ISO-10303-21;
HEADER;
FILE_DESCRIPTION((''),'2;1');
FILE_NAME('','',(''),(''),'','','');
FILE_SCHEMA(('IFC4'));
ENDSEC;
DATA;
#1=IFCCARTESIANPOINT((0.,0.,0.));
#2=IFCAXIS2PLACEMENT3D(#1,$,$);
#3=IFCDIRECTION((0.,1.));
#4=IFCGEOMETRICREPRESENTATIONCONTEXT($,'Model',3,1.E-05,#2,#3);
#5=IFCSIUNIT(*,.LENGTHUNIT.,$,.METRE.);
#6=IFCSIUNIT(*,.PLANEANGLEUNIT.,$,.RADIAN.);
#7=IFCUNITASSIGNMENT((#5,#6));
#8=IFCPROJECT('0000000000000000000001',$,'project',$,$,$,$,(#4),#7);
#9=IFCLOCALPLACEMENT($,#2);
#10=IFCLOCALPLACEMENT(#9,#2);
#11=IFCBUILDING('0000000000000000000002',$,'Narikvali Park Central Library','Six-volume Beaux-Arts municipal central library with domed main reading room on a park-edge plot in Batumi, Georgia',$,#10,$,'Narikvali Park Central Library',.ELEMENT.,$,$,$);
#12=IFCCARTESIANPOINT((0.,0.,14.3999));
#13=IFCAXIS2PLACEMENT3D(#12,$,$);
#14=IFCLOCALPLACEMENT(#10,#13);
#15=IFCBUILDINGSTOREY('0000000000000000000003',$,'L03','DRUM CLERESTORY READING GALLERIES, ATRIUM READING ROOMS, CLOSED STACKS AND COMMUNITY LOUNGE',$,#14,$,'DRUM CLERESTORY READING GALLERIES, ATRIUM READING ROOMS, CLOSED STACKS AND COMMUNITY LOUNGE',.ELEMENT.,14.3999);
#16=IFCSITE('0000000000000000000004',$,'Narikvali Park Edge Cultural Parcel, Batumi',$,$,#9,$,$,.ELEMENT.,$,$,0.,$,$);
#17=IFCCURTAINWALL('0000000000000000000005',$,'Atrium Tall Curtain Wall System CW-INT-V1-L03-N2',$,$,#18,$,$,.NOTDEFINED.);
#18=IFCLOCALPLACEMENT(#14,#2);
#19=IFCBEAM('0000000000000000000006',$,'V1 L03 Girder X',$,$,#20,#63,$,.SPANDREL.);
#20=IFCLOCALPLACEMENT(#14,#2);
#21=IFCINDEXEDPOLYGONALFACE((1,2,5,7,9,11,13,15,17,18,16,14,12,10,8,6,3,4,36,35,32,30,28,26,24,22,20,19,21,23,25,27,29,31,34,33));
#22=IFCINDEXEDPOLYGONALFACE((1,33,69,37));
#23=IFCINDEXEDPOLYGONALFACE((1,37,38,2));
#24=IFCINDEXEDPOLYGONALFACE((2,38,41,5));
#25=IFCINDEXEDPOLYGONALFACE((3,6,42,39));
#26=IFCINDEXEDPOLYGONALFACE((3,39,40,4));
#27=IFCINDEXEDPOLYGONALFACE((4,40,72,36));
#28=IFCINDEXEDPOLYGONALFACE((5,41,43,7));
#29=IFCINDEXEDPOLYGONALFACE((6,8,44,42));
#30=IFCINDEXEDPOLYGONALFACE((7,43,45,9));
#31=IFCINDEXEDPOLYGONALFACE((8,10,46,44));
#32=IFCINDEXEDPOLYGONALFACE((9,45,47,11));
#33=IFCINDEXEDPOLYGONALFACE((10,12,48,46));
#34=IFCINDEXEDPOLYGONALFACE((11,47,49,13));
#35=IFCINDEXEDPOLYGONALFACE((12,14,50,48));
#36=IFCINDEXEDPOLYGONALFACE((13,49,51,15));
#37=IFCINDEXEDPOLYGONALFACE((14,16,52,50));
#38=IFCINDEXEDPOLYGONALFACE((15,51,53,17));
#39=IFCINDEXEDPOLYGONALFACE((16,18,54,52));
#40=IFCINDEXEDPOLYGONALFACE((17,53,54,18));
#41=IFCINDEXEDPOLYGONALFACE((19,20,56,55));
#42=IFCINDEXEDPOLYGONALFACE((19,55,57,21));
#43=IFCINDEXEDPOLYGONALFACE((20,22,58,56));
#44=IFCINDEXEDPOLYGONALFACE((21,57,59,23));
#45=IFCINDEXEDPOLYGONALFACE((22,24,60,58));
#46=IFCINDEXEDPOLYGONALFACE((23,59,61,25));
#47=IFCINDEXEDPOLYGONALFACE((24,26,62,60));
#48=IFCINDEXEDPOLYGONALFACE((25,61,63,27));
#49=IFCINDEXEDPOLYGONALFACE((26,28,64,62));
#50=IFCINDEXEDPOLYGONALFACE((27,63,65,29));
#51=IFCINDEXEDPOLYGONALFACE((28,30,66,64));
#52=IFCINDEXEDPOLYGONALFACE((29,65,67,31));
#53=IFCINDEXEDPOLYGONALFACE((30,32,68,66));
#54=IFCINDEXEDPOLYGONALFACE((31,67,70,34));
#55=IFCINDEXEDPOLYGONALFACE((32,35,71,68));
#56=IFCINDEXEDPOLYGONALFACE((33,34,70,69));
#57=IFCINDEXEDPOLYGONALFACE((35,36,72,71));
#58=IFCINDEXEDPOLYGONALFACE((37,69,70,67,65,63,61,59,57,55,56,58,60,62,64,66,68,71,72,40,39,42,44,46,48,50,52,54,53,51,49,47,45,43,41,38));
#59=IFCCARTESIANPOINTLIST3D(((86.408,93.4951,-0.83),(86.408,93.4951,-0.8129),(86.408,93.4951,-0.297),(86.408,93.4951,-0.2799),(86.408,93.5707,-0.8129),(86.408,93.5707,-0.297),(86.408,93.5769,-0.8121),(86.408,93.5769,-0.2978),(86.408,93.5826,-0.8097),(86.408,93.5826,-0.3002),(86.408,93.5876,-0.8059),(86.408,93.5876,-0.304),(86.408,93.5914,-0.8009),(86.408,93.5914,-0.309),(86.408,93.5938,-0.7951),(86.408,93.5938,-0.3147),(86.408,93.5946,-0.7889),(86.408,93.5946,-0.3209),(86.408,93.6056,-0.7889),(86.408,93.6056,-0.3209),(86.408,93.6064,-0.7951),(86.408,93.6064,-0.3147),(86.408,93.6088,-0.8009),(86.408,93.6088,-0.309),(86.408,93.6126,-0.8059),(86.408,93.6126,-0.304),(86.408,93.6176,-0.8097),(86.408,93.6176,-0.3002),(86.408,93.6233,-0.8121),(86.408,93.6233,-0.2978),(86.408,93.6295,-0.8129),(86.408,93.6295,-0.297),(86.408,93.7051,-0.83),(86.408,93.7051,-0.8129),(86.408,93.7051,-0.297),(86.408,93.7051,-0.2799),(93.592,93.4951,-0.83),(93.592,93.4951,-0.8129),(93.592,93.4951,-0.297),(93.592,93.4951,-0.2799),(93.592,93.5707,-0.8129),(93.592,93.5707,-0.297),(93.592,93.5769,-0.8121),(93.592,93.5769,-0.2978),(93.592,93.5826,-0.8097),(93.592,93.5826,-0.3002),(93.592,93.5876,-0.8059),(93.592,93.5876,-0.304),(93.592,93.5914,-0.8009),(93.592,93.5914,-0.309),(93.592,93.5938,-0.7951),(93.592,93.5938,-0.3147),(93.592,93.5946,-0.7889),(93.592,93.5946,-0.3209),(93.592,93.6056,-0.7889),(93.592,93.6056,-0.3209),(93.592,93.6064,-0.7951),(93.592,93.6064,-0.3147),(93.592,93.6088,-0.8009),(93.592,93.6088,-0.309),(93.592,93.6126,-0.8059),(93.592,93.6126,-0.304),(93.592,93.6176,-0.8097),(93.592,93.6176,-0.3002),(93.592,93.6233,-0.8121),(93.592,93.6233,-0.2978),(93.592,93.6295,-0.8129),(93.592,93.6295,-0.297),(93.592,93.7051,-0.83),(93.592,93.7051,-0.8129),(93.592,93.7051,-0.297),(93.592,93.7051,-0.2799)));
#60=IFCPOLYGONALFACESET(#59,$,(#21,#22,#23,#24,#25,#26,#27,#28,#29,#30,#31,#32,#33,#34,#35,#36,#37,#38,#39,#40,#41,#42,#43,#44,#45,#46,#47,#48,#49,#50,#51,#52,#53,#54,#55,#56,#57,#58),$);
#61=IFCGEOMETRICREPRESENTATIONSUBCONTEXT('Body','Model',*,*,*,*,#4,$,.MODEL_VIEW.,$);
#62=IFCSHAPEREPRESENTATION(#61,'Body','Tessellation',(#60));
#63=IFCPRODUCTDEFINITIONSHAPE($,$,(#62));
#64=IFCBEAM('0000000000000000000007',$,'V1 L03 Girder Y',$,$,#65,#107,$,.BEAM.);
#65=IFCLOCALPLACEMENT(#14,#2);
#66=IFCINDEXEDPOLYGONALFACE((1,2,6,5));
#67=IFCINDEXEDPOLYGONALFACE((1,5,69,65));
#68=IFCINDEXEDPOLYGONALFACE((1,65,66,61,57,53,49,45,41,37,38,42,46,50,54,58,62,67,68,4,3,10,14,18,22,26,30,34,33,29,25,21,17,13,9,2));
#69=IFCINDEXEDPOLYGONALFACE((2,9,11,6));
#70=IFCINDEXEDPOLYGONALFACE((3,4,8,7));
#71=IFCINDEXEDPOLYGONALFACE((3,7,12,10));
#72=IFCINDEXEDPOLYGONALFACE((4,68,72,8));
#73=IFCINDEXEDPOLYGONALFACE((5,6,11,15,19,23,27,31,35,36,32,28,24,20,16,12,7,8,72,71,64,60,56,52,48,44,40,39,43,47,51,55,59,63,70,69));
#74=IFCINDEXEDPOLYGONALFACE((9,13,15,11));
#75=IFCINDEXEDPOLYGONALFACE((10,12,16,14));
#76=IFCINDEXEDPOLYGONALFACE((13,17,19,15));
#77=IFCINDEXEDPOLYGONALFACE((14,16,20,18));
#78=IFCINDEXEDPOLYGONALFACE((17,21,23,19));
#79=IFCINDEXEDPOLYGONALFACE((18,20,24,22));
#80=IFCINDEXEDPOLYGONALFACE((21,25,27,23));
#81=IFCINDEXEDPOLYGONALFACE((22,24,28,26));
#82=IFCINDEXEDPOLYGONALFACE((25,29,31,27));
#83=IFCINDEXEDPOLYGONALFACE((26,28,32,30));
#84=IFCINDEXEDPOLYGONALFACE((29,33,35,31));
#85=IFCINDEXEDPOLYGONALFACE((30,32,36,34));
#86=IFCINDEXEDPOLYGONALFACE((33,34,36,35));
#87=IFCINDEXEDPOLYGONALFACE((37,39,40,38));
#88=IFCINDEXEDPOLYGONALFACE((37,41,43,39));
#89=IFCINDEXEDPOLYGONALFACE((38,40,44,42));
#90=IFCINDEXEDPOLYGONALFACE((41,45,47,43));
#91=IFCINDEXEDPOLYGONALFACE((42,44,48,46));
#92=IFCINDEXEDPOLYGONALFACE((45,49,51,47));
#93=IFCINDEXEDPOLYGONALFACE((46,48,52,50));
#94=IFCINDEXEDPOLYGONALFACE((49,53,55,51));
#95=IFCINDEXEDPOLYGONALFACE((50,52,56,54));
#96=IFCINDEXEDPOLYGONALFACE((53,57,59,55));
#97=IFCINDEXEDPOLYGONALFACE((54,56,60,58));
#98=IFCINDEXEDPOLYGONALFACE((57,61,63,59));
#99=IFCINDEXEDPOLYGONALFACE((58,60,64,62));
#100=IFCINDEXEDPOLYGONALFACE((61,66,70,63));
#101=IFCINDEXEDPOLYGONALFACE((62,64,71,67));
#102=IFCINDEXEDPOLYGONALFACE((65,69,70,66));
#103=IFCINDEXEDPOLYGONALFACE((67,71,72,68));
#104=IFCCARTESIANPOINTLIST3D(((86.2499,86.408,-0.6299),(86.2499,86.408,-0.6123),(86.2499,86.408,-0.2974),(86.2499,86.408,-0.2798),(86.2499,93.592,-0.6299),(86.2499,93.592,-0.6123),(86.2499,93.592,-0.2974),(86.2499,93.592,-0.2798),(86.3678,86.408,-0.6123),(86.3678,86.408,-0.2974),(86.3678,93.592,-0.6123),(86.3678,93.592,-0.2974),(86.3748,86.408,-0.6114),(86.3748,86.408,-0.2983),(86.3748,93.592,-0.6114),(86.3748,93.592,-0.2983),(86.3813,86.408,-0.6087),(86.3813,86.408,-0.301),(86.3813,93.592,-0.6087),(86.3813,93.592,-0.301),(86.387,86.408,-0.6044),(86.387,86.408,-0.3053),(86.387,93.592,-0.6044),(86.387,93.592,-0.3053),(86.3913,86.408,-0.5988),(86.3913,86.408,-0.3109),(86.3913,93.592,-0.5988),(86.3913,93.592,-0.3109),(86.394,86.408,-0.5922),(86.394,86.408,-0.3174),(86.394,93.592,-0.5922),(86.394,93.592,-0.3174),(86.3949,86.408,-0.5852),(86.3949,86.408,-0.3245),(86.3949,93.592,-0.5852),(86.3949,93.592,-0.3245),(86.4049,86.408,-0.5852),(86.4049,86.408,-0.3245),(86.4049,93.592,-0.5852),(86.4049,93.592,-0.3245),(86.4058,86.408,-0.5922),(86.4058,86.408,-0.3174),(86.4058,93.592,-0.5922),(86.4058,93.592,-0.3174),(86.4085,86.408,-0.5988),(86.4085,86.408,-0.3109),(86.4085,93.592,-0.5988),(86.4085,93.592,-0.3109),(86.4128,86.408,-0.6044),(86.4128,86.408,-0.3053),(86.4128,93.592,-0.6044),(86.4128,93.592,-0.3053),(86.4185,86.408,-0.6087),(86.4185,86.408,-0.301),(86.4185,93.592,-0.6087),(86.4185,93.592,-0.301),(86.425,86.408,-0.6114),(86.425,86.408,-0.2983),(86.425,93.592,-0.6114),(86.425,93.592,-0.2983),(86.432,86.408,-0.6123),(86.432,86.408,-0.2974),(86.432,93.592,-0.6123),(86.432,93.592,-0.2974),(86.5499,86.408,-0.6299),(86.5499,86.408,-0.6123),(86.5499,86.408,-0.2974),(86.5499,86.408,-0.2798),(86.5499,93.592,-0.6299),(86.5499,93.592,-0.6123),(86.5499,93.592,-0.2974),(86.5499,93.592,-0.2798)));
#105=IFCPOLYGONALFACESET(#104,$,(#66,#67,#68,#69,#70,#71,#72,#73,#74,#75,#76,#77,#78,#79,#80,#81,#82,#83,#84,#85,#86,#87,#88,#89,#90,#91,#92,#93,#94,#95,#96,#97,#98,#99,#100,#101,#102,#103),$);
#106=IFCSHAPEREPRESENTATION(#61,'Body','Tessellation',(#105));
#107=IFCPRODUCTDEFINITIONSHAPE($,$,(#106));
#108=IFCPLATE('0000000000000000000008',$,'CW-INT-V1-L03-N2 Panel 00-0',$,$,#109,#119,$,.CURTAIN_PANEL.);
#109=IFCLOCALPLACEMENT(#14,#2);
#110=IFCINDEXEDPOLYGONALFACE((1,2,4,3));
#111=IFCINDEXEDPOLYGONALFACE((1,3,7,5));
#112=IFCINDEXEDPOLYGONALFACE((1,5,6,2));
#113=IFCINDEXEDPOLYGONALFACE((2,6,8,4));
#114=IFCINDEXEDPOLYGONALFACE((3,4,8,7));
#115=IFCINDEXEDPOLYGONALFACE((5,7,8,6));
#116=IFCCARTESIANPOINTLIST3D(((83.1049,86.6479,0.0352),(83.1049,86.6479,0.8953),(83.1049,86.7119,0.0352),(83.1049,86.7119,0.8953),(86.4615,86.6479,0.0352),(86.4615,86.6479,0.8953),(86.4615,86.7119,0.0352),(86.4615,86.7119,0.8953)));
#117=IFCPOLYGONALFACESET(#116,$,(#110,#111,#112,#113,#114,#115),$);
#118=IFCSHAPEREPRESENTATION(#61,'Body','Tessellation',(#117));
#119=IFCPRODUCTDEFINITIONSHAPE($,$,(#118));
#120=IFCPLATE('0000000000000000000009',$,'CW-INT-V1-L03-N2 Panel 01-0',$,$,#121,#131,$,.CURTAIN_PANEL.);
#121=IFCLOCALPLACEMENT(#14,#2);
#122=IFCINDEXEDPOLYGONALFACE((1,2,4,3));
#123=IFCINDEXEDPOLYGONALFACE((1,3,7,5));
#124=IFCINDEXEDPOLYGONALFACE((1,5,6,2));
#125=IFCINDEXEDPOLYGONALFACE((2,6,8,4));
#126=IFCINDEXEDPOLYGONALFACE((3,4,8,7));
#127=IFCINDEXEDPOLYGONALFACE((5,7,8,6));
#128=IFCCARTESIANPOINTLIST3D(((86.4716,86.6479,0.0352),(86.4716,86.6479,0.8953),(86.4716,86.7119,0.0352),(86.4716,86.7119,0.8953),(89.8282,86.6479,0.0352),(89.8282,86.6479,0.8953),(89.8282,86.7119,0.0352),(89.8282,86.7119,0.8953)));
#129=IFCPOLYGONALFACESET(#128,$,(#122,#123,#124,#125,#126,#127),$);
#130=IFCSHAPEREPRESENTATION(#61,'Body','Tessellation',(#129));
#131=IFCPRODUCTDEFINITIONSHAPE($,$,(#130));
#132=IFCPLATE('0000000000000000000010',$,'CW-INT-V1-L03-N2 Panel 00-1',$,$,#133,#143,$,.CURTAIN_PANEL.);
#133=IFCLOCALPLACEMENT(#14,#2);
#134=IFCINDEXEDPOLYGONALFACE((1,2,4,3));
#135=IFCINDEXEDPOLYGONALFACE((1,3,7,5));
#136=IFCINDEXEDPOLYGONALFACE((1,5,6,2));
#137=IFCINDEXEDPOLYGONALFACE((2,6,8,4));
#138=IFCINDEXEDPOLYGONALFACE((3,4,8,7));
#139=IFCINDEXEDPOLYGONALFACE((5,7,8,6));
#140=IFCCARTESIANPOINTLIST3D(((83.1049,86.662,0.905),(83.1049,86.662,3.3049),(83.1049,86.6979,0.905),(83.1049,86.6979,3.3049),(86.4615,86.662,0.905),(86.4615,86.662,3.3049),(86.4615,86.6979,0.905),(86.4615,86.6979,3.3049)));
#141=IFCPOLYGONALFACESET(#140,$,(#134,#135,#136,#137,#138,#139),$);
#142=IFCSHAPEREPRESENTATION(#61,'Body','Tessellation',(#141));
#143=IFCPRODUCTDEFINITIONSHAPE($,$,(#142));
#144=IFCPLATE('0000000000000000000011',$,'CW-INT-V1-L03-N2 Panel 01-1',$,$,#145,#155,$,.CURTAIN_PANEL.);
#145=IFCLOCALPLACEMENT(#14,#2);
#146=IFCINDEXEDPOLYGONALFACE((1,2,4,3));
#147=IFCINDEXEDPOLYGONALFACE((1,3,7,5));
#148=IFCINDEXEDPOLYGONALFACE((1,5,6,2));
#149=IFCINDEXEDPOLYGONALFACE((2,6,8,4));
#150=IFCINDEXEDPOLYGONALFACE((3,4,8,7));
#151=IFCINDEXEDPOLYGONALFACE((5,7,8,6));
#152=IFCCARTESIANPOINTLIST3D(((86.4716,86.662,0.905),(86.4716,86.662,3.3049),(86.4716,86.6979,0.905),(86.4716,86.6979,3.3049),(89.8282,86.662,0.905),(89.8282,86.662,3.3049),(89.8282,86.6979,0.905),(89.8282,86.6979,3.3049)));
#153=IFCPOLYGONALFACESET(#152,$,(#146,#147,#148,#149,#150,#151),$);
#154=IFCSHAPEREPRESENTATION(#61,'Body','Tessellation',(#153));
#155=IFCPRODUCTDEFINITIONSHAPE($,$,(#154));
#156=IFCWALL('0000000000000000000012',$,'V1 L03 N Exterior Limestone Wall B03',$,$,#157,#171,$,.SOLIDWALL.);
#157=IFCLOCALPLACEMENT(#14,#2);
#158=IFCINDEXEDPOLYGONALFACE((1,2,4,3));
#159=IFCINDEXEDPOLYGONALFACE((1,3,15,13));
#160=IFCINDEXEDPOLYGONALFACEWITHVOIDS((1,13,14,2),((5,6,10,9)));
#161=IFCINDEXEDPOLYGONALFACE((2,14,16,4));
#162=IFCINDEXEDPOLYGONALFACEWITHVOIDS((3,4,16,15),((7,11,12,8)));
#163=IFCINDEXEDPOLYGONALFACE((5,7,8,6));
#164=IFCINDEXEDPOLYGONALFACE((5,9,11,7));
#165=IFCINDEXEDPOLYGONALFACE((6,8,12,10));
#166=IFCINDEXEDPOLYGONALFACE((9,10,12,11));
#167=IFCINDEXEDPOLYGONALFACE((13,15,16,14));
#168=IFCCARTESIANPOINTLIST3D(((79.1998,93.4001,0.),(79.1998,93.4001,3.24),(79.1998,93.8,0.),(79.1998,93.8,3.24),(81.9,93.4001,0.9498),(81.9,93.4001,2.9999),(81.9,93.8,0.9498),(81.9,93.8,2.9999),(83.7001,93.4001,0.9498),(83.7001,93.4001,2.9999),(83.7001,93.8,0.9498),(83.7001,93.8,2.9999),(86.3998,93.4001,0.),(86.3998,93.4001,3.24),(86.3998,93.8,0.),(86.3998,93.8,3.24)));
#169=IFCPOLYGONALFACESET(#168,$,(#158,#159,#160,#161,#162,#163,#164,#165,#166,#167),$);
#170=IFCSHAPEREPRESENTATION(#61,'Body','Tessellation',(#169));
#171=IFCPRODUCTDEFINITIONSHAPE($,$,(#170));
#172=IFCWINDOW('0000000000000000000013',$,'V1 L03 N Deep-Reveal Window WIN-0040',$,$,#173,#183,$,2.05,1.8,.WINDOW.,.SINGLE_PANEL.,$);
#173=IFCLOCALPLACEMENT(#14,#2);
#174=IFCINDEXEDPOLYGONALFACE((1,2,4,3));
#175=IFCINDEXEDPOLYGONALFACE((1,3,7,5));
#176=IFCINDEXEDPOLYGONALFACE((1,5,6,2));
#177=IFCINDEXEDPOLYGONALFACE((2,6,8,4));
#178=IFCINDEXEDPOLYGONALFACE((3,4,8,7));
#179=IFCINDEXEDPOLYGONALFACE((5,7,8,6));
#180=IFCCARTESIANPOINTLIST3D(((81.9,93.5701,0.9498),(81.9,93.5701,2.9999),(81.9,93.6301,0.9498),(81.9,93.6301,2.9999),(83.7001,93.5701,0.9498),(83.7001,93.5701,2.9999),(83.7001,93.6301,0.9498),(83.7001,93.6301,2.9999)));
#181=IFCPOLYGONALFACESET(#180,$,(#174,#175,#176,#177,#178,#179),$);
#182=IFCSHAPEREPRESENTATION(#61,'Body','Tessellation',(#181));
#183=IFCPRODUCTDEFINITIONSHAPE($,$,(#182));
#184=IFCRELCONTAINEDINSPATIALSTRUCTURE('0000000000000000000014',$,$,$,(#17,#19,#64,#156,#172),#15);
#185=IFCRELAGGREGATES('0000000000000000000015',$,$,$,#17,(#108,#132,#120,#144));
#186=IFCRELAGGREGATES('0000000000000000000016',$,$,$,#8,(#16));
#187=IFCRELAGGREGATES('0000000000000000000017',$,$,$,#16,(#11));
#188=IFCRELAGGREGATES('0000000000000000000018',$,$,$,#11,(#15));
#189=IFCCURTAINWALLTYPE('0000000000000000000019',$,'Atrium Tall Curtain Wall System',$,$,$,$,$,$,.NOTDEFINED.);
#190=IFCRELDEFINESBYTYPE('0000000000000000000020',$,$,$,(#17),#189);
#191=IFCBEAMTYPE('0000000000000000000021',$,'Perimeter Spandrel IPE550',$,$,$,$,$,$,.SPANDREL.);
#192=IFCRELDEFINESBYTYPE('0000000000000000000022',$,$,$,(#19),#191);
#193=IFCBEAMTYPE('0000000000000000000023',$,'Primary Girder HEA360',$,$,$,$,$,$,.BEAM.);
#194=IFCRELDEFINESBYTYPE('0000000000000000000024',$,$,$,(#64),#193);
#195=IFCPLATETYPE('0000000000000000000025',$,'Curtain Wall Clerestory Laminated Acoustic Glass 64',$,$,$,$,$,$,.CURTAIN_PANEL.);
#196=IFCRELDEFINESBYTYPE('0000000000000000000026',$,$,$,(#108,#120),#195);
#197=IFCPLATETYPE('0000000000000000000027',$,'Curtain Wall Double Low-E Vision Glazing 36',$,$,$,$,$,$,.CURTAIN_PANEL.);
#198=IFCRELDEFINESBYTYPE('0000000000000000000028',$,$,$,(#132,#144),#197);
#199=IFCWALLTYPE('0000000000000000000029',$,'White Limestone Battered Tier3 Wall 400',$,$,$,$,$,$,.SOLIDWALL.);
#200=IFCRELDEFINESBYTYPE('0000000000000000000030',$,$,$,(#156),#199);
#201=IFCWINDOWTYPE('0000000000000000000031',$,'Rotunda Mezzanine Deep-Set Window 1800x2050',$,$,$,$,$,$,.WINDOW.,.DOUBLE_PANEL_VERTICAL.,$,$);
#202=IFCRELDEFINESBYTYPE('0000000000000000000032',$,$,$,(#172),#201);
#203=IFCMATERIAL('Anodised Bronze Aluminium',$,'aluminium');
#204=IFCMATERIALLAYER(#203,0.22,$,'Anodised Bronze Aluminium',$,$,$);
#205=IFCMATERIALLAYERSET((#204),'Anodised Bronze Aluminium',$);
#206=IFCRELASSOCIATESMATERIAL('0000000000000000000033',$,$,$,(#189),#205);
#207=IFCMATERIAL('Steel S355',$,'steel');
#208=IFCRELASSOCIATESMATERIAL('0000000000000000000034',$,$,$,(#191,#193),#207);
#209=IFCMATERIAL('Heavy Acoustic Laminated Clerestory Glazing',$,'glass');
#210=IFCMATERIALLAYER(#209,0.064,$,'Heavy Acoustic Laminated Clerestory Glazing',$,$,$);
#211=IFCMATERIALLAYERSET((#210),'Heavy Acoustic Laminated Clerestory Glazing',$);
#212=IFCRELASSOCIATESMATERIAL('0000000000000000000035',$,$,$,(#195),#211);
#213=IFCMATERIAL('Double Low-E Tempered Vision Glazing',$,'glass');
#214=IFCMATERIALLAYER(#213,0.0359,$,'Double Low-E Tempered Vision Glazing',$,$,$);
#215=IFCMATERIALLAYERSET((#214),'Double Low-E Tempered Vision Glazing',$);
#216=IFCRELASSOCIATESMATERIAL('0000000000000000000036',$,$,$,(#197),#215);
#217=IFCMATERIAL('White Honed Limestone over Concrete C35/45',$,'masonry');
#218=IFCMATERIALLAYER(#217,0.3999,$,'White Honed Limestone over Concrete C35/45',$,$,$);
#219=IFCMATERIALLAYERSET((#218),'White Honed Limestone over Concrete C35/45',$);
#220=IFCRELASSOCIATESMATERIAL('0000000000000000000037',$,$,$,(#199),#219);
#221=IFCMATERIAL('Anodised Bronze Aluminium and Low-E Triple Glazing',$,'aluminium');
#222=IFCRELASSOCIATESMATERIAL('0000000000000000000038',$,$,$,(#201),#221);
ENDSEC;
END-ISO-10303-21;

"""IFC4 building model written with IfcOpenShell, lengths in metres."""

from ifc_helpers import new_model, si_unit, direction, frame, frame_2d, origin, origin_2d, place, context, subcontext, project, spatial, rectangle, i_section, extrude, material, layer, layer_set, material_profile, profile_set, type_object, element, fill, aggregate, save


model = new_model("IFC4")

# Units and contexts
model_context = context("Model", 3, precision=1e-05, world=origin(), true_north=direction((0.0, 1.0)))
body_context = subcontext(model_context, "Body", "Model", "MODEL_VIEW")
ifc_project = project(units=[si_unit("LENGTHUNIT", "METRE"), si_unit("PLANEANGLEUNIT", "RADIAN")], contexts=[model_context])

# Site, building, storey
site_placement = place(None, origin())
site = spatial("IfcSite", under=ifc_project, at=site_placement, Name="Narikvali Park Edge Cultural Parcel, Batumi", CompositionType="ELEMENT", RefElevation=0.0)
building_placement = place(site_placement, origin())
building = spatial("IfcBuilding", under=site, at=building_placement, Name="Narikvali Park Central Library", Description="Six-volume Beaux-Arts municipal central library with domed main reading room on a park-edge plot in Batumi, Georgia", LongName="Narikvali Park Central Library", CompositionType="ELEMENT")
storey_placement = place(building_placement, frame((0.0, 0.0, 14.3999)))
storey = spatial("IfcBuildingStorey", under=building, at=storey_placement, Name="L03", Description="DRUM CLERESTORY READING GALLERIES, ATRIUM READING ROOMS, CLOSED STACKS AND COMMUNITY LOUNGE", LongName="DRUM CLERESTORY READING GALLERIES, ATRIUM READING ROOMS, CLOSED STACKS AND COMMUNITY LOUNGE", CompositionType="ELEMENT", Elevation=14.3999)

# Shared definitions
ifc_material_1 = material(Name="Steel S355", Category="steel")

# Curtain wall
ifc_material_2 = material(Name="Anodised Bronze Aluminium", Category="aluminium")
ifc_layer_1 = layer(ifc_material_2, 0.22, Name="Anodised Bronze Aluminium")
ifc_layer_set_1 = layer_set([ifc_layer_1], Name="Anodised Bronze Aluminium")
curtain_wall_type = type_object("IfcCurtainWallType", Name="Atrium Tall Curtain Wall System", PredefinedType="NOTDEFINED", material=ifc_layer_set_1)
curtain_wall_placement = place(storey_placement, origin())
curtain_wall = element("IfcCurtainWall", 1, at=curtain_wall_placement, inside=storey, type_object=curtain_wall_type, Name="Atrium Tall Curtain Wall System CW-INT-V1-L03-N2", PredefinedType="NOTDEFINED")

# Beams
ifc_material_profile_1 = material_profile(ifc_material_1, i_section(OverallWidth=0.21, OverallDepth=0.55, WebThickness=0.011, FlangeThickness=0.0171, FilletRadius=0.0239, at=origin_2d()), Name="IPE 550")
ifc_profile_set_1 = profile_set([ifc_material_profile_1], Name="Steel S355")
beam_type_1 = type_object("IfcBeamType", Name="Perimeter Spandrel IPE550", PredefinedType="SPANDREL", material=ifc_profile_set_1)
beam_1_placement = place(storey_placement, frame((86.408, 93.6001, -0.5549), z_axis=(1.0, 0.0, 0.0), x_axis=(0.0, 1.0, 0.0)))
element("IfcBeam", 2, at=beam_1_placement, inside=storey, type_object=beam_type_1, Name="V1 L03 Girder X", PredefinedType="SPANDREL", context=body_context, shape_type="SweptSolid", body=[
    extrude(i_section(OverallWidth=0.21, OverallDepth=0.55, WebThickness=0.011, FlangeThickness=0.0171, FilletRadius=0.0239, at=origin_2d()), origin(), (0.0, 0.0, 1.0), 7.1841),
])
ifc_material_profile_2 = material_profile(ifc_material_1, i_section(OverallWidth=0.3, OverallDepth=0.3501, WebThickness=0.01, FlangeThickness=0.0176, FilletRadius=0.0271, at=origin_2d()), Name="HEA 360")
ifc_profile_set_2 = profile_set([ifc_material_profile_2], Name="Steel S355")
beam_type_2 = type_object("IfcBeamType", Name="Primary Girder HEA360", PredefinedType="BEAM", material=ifc_profile_set_2)
beam_2_placement = place(storey_placement, frame((86.3999, 86.408, -0.4548), z_axis=(0.0, 1.0, 0.0), x_axis=(-1.0, 0.0, 0.0)))
element("IfcBeam", 3, at=beam_2_placement, inside=storey, type_object=beam_type_2, Name="V1 L03 Girder Y", PredefinedType="BEAM", context=body_context, shape_type="SweptSolid", body=[
    extrude(i_section(OverallWidth=0.3, OverallDepth=0.3501, WebThickness=0.01, FlangeThickness=0.0176, FilletRadius=0.0271, at=origin_2d()), origin(), (0.0, 0.0, 1.0), 7.1841),
])

# Plates
ifc_material_3 = material(Name="Heavy Acoustic Laminated Clerestory Glazing", Category="glass")
ifc_layer_2 = layer(ifc_material_3, 0.064, Name="Heavy Acoustic Laminated Clerestory Glazing")
ifc_layer_set_2 = layer_set([ifc_layer_2], Name="Heavy Acoustic Laminated Clerestory Glazing")
plate_type_1 = type_object("IfcPlateType", Name="Curtain Wall Clerestory Laminated Acoustic Glass 64", PredefinedType="CURTAIN_PANEL", material=ifc_layer_set_2)
plate_1_placement = place(storey_placement, frame((84.7832, 86.6799, 0.0352), z_axis=(0.0, 0.0, 1.0), x_axis=(1.0, 0.0, 0.0)))
plate_1 = element("IfcPlate", 4, at=plate_1_placement, type_object=plate_type_1, Name="CW-INT-V1-L03-N2 Panel 00-0", PredefinedType="CURTAIN_PANEL", context=body_context, shape_type="SweptSolid", body=[
    extrude(rectangle(XDim=3.3567, YDim=0.064, at=origin_2d()), origin(), (0.0, 0.0, 1.0), 0.8601),
])
plate_2_placement = place(storey_placement, frame((88.1499, 86.6799, 0.0352), z_axis=(0.0, 0.0, 1.0), x_axis=(1.0, 0.0, 0.0)))
plate_2 = element("IfcPlate", 5, at=plate_2_placement, type_object=plate_type_1, Name="CW-INT-V1-L03-N2 Panel 01-0", PredefinedType="CURTAIN_PANEL", context=body_context, shape_type="SweptSolid", body=[
    extrude(rectangle(XDim=3.3567, YDim=0.064, at=origin_2d()), origin(), (0.0, 0.0, 1.0), 0.8601),
])
ifc_material_4 = material(Name="Double Low-E Tempered Vision Glazing", Category="glass")
ifc_layer_3 = layer(ifc_material_4, 0.0359, Name="Double Low-E Tempered Vision Glazing")
ifc_layer_set_3 = layer_set([ifc_layer_3], Name="Double Low-E Tempered Vision Glazing")
plate_type_2 = type_object("IfcPlateType", Name="Curtain Wall Double Low-E Vision Glazing 36", PredefinedType="CURTAIN_PANEL", material=ifc_layer_set_3)
plate_3_placement = place(storey_placement, frame((84.7832, 86.6799, 0.905), z_axis=(0.0, 0.0, 1.0), x_axis=(1.0, 0.0, 0.0)))
plate_3 = element("IfcPlate", 6, at=plate_3_placement, type_object=plate_type_2, Name="CW-INT-V1-L03-N2 Panel 00-1", PredefinedType="CURTAIN_PANEL", context=body_context, shape_type="SweptSolid", body=[
    extrude(rectangle(XDim=3.3567, YDim=0.0359, at=origin_2d()), origin(), (0.0, 0.0, 1.0), 2.3999),
])
plate_4_placement = place(storey_placement, frame((88.1499, 86.6799, 0.905), z_axis=(0.0, 0.0, 1.0), x_axis=(1.0, 0.0, 0.0)))
plate_4 = element("IfcPlate", 7, at=plate_4_placement, type_object=plate_type_2, Name="CW-INT-V1-L03-N2 Panel 01-1", PredefinedType="CURTAIN_PANEL", context=body_context, shape_type="SweptSolid", body=[
    extrude(rectangle(XDim=3.3567, YDim=0.0359, at=origin_2d()), origin(), (0.0, 0.0, 1.0), 2.3999),
])
aggregate(curtain_wall, [plate_1, plate_3, plate_2, plate_4])

# Wall, opening, window
ifc_material_5 = material(Name="White Honed Limestone over Concrete C35/45", Category="masonry")
ifc_layer_4 = layer(ifc_material_5, 0.3999, Name="White Honed Limestone over Concrete C35/45")
ifc_layer_set_4 = layer_set([ifc_layer_4], Name="White Honed Limestone over Concrete C35/45")
wall_type = type_object("IfcWallType", Name="White Limestone Battered Tier3 Wall 400", PredefinedType="SOLIDWALL", material=ifc_layer_set_4)
wall_placement = place(storey_placement, frame((86.3999, 93.6001, 0.0), z_axis=(0.0, 0.0, 1.0), x_axis=(-1.0, 0.0, 0.0)))
wall = element("IfcWall", 8, at=wall_placement, inside=storey, type_object=wall_type, Name="V1 L03 N Exterior Limestone Wall B03", PredefinedType="SOLIDWALL", context=body_context, shape_type="SweptSolid", body=[
    extrude(rectangle(XDim=7.2, YDim=0.3999, at=frame_2d((3.6001, 0.0))), origin(), (0.0, 0.0, 1.0), 3.24),
])
opening_placement = place(wall_placement, frame((2.7, 0.0, 0.95)))
opening = element("IfcOpeningElement", 9, at=opening_placement, cuts=wall, PredefinedType="OPENING", context=body_context, shape_type="SweptSolid", body=[
    extrude(rectangle(XDim=1.8, YDim=2.05, at=frame_2d((0.8999, 1.0249))), frame((0.0, 0.2119, 0.0), z_axis=(0.0, -1.0, 0.0), x_axis=(1.0, 0.0, 0.0)), (0.0, 0.0, 1.0), 0.4238),
])
ifc_material_6 = material(Name="Anodised Bronze Aluminium and Low-E Triple Glazing", Category="aluminium")
window_type = type_object("IfcWindowType", Name="Rotunda Mezzanine Deep-Set Window 1800x2050", PartitioningType="DOUBLE_PANEL_VERTICAL", PredefinedType="WINDOW", material=ifc_material_6)
window_placement = place(opening_placement, origin())
window = element("IfcWindow", 10, at=window_placement, inside=storey, type_object=window_type, Name="V1 L03 N Deep-Reveal Window WIN-0040", OverallHeight=2.05, OverallWidth=1.8, PartitioningType="SINGLE_PANEL", PredefinedType="WINDOW", context=body_context, shape_type="SweptSolid", body=[
    extrude(rectangle(XDim=1.8, YDim=2.05, at=frame_2d((0.8999, 1.0249))), frame((0.0, 0.03, 0.0), z_axis=(0.0, -1.0, 0.0), x_axis=(1.0, 0.0, 0.0)), (0.0, 0.0, 1.0), 0.0601),
])
fill(opening, window)

save(model, "model.ifc")
